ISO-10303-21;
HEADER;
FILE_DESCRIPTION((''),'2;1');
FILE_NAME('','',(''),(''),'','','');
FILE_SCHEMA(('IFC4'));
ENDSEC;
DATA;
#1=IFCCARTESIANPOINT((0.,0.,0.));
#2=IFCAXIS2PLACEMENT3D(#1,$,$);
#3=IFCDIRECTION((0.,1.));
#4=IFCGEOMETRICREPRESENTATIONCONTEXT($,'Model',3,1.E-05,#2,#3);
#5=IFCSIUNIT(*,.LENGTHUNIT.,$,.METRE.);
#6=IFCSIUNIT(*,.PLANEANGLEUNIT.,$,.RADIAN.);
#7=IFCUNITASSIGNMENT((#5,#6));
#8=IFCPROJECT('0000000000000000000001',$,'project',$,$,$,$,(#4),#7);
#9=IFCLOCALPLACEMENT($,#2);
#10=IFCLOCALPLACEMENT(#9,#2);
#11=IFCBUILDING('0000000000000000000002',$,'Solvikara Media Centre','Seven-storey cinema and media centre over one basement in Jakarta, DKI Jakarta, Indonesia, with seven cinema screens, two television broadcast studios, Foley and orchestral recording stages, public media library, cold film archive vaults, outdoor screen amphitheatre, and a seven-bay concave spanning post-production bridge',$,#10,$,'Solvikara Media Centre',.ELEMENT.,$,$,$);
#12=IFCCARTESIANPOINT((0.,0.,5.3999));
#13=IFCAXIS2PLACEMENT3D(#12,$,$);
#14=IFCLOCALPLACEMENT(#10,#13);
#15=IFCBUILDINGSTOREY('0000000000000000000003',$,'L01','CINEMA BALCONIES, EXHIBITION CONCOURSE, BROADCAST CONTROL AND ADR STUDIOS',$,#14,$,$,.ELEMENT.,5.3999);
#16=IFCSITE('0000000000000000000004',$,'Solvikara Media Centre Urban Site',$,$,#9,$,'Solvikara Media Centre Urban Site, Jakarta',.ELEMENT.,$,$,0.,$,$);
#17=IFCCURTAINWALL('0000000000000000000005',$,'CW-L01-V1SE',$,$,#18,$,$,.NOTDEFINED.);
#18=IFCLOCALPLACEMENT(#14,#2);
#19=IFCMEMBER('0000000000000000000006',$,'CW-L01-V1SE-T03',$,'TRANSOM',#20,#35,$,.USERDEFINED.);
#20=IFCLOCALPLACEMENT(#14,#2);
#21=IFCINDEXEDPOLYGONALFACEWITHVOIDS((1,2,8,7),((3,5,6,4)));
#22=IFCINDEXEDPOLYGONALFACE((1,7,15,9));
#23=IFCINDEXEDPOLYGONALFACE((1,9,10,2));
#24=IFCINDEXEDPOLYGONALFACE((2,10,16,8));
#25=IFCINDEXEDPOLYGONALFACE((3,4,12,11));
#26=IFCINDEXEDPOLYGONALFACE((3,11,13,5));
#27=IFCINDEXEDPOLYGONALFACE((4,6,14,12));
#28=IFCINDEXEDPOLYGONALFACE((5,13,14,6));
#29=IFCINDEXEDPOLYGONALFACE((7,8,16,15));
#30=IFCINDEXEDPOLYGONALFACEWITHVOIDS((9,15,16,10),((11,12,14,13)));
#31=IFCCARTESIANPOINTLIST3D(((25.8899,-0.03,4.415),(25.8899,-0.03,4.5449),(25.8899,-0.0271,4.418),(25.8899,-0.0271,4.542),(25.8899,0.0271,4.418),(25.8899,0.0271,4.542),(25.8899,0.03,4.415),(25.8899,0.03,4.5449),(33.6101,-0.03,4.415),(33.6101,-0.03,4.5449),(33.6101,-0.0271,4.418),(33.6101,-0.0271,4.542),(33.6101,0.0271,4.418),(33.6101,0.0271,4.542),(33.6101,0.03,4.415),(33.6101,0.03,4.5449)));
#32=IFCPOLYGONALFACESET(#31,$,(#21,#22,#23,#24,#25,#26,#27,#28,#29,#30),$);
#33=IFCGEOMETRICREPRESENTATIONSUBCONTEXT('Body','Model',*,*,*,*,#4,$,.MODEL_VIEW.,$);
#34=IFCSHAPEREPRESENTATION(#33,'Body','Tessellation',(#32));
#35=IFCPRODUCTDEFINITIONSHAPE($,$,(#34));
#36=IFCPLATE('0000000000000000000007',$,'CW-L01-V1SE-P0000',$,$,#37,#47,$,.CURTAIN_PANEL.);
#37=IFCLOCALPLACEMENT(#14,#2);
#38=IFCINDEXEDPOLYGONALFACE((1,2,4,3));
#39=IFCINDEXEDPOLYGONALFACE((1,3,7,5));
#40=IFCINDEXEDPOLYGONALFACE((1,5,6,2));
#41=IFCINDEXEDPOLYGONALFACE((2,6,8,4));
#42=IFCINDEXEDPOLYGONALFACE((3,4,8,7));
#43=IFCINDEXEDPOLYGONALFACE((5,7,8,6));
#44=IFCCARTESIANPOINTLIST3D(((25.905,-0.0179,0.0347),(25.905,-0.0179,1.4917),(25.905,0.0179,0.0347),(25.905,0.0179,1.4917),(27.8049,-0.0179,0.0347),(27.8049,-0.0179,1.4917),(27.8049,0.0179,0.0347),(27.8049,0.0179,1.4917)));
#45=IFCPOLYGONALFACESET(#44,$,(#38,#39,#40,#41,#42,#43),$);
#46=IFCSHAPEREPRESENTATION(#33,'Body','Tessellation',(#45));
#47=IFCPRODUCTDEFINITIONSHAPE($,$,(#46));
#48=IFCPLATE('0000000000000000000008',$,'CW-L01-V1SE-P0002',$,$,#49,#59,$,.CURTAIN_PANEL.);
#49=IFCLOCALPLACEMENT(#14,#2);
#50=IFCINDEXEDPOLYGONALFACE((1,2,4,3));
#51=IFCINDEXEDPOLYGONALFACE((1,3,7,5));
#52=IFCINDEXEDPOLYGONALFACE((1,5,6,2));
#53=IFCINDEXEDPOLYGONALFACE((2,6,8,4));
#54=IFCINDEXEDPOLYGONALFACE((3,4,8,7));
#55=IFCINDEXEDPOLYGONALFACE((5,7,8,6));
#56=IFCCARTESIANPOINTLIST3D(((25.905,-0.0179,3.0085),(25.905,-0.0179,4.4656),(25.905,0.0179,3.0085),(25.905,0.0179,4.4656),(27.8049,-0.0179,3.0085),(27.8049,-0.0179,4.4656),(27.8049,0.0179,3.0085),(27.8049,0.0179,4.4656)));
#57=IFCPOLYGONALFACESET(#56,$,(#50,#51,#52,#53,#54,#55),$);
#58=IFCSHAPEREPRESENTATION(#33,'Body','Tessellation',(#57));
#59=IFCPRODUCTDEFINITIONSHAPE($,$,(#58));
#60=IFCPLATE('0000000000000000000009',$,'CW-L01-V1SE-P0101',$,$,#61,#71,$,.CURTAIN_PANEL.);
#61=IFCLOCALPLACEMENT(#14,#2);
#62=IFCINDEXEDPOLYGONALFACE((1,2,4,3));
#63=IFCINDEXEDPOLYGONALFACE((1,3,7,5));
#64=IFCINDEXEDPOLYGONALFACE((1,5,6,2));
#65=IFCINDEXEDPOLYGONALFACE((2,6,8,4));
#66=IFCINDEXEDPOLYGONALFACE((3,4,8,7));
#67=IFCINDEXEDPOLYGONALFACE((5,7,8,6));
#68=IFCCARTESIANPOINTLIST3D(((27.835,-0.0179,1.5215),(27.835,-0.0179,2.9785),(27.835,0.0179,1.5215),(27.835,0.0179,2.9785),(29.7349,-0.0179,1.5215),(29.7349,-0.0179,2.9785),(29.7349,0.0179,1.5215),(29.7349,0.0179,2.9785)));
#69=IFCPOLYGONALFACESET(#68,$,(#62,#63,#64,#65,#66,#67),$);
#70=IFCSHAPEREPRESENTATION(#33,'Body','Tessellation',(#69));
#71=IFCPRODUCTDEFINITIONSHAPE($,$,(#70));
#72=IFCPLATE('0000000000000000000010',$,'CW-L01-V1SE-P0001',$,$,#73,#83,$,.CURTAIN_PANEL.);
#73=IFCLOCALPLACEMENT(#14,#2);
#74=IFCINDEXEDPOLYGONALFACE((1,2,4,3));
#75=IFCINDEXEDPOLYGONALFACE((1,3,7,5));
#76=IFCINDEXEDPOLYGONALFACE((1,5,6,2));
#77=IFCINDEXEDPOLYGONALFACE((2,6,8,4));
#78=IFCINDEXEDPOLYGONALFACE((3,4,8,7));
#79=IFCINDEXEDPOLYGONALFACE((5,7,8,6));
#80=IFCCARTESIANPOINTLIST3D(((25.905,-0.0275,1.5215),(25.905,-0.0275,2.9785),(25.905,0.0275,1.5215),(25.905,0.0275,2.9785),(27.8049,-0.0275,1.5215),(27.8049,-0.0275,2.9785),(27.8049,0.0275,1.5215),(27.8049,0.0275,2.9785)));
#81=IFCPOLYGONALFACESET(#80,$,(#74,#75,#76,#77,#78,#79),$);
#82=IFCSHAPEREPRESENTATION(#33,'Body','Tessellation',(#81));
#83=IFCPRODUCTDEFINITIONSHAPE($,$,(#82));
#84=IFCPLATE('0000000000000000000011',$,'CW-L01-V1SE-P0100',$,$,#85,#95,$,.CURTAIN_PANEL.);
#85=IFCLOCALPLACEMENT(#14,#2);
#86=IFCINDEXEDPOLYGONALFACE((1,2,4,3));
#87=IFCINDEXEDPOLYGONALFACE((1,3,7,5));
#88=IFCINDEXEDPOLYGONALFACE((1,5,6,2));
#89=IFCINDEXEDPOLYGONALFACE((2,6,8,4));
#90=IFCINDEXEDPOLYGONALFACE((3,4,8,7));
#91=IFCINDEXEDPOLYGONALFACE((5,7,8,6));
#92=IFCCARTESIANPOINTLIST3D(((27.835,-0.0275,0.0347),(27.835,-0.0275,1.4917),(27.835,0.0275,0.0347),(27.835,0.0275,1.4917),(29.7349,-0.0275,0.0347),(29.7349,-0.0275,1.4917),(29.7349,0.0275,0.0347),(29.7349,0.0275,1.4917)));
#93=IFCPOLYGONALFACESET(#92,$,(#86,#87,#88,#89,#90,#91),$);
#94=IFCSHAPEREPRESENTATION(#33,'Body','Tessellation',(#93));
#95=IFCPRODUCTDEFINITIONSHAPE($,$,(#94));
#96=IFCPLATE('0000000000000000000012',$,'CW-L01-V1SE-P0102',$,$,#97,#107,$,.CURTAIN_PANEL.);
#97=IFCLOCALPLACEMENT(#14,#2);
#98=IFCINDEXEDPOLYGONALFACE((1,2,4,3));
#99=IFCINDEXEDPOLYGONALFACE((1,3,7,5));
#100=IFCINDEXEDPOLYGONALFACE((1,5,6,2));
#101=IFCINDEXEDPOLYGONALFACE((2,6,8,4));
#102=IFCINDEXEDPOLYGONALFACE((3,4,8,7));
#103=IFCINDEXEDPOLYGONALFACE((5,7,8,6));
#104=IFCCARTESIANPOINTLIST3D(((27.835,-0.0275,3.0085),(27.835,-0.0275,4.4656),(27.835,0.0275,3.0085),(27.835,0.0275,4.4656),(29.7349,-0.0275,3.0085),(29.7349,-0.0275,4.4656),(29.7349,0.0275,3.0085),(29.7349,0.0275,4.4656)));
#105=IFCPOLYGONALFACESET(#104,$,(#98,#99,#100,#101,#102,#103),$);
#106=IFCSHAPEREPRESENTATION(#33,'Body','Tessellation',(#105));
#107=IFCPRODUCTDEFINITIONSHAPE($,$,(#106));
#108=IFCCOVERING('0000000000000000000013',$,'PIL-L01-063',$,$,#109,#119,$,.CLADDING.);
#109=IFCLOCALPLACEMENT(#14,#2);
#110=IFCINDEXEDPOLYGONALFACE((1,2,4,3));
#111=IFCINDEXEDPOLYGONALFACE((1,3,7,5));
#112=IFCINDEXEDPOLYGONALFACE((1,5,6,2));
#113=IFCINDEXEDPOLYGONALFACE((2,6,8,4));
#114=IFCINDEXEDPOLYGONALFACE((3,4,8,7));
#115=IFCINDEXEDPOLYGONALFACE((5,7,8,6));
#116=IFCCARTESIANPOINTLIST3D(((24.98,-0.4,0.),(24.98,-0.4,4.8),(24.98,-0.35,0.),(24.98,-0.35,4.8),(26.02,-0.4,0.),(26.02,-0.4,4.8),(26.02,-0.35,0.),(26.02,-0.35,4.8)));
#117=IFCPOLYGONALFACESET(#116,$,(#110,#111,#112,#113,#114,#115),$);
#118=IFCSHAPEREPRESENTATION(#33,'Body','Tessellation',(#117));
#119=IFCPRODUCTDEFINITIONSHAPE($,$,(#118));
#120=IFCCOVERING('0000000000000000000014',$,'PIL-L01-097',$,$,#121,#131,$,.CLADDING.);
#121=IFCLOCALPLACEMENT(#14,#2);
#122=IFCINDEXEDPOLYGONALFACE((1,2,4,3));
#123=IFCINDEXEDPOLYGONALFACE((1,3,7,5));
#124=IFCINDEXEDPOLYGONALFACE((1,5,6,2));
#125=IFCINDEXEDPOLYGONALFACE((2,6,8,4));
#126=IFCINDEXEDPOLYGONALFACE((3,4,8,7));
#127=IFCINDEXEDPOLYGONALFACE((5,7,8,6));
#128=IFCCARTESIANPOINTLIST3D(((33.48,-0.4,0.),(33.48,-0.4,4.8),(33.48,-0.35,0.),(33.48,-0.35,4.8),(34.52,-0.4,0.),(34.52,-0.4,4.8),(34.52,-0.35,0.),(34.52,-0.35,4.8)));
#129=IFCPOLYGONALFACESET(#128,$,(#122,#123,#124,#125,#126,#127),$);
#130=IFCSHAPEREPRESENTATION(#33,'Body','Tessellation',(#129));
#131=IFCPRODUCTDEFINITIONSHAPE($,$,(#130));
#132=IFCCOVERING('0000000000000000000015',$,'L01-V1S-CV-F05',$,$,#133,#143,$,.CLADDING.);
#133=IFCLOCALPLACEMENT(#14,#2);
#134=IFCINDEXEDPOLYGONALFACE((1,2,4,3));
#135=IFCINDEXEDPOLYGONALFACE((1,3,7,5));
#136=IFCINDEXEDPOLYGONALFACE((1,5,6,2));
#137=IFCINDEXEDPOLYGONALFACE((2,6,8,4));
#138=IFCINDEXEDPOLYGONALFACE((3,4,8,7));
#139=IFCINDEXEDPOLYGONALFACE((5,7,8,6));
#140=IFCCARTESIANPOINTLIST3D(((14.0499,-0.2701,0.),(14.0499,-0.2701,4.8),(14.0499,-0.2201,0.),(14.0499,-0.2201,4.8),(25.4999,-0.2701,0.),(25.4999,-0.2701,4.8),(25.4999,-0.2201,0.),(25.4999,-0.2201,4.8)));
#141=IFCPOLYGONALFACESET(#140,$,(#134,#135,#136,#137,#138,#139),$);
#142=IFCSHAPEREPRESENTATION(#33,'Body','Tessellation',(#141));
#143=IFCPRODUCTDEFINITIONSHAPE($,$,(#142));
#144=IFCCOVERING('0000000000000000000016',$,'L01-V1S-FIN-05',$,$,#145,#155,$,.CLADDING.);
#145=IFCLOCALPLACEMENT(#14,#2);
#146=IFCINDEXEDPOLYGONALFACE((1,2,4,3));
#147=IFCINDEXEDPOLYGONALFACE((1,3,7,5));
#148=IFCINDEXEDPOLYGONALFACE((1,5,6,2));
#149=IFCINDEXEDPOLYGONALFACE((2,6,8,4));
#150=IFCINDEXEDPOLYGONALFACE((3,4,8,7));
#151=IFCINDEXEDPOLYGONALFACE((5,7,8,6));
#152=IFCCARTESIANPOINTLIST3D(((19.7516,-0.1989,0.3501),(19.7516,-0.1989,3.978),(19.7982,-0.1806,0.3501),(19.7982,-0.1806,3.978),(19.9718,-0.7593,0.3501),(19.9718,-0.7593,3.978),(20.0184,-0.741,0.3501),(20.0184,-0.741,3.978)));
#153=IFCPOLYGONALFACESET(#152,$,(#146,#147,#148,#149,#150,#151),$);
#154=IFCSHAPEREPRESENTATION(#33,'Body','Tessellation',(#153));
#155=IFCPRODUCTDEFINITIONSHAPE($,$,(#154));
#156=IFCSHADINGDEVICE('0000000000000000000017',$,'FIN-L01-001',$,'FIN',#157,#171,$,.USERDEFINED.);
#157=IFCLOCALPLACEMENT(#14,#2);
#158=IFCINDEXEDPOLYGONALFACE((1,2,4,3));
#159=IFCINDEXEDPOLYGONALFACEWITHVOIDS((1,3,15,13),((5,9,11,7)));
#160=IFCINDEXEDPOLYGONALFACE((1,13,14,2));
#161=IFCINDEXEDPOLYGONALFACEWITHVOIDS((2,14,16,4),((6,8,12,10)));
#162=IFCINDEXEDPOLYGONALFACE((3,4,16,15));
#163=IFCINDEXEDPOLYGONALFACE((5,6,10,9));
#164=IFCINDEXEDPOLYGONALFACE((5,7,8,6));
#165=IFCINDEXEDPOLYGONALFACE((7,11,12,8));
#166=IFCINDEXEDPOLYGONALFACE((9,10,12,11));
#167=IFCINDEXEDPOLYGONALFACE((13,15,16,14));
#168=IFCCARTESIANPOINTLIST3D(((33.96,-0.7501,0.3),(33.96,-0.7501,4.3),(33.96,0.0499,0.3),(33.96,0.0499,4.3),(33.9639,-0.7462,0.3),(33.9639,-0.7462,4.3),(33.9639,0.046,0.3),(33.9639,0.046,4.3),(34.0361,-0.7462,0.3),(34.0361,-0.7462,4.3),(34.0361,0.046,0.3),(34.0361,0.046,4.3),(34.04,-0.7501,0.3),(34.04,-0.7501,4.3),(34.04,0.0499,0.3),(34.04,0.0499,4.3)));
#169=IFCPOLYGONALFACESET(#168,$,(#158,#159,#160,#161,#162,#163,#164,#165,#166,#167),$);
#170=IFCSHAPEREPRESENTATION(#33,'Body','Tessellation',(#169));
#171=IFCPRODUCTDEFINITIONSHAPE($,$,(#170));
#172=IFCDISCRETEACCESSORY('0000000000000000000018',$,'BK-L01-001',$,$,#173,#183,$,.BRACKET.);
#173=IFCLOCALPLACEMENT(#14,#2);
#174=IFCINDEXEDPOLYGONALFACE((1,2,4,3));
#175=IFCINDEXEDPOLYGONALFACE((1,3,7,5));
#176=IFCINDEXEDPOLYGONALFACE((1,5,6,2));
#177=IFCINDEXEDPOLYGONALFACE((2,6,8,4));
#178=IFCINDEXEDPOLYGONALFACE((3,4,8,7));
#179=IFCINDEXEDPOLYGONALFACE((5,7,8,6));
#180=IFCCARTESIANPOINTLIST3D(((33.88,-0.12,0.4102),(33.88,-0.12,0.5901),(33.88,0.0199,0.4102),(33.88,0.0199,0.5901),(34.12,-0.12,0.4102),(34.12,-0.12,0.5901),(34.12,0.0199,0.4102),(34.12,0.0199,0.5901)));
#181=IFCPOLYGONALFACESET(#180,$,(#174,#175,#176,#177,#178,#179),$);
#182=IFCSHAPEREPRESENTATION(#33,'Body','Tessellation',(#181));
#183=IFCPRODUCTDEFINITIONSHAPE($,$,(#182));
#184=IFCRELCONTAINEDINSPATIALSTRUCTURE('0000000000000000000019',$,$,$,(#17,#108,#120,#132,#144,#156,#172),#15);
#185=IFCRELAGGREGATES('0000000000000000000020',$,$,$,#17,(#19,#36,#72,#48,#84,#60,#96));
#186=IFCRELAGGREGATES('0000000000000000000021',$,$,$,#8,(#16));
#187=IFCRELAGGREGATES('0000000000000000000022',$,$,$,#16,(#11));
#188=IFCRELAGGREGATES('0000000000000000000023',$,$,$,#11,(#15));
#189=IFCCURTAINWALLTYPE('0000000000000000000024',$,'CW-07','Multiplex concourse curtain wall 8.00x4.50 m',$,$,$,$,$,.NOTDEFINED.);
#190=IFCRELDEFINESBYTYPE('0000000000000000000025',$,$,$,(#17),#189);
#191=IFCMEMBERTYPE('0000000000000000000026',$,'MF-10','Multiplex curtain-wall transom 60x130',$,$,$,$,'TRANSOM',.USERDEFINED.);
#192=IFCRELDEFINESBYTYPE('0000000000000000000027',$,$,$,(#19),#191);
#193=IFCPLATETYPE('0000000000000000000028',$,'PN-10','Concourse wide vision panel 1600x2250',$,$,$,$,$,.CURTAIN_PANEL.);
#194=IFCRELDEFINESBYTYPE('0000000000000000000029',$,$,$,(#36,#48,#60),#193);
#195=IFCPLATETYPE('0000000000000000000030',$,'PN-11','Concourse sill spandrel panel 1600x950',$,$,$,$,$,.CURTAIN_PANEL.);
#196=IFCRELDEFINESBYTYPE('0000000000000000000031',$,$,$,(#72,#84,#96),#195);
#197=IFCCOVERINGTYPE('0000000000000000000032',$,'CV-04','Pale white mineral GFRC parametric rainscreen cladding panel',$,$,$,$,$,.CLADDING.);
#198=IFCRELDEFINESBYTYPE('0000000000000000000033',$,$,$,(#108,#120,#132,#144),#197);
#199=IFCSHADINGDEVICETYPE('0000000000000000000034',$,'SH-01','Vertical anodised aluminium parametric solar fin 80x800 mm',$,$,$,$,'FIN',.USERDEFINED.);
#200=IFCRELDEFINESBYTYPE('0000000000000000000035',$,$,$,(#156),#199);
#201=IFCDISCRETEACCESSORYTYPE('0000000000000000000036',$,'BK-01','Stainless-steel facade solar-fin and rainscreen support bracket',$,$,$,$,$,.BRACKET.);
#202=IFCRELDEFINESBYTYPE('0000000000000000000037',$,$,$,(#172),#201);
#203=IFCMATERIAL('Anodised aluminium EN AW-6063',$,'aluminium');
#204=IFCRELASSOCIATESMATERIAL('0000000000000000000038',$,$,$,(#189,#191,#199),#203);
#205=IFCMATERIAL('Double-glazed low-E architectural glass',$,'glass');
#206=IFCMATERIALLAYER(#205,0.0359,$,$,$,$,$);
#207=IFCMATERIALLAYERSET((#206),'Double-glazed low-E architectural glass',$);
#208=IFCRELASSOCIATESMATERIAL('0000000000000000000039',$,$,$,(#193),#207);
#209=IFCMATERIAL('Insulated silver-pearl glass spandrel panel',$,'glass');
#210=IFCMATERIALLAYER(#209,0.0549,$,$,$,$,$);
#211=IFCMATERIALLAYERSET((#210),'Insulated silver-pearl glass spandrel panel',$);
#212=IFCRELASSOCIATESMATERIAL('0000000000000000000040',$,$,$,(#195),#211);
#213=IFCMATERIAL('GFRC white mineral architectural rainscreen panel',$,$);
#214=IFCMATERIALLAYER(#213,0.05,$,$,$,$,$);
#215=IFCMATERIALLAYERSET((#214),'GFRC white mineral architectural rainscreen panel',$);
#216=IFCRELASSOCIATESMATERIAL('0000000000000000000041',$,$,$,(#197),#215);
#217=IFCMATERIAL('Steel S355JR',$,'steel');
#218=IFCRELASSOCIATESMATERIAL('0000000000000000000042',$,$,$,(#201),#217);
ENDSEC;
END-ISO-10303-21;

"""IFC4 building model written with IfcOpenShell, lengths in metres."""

from ifc_helpers import new_model, si_unit, direction, frame, origin, origin_2d, place, context, subcontext, project, spatial, rectangle, hollow_rectangle, extrude, material, layer, layer_set, material_profile, profile_set, type_object, element, aggregate, save


model = new_model("IFC4")

# Units and contexts
model_context = context("Model", 3, precision=1e-05, world=origin(), true_north=direction((0.0, 1.0)))
body_context = subcontext(model_context, "Body", "Model", "MODEL_VIEW")
ifc_project = project(units=[si_unit("LENGTHUNIT", "METRE"), si_unit("PLANEANGLEUNIT", "RADIAN")], contexts=[model_context])

# Site, building, storey
site_placement = place(None, origin())
site = spatial("IfcSite", under=ifc_project, at=site_placement, Name="Solvikara Media Centre Urban Site", LongName="Solvikara Media Centre Urban Site, Jakarta", CompositionType="ELEMENT", RefElevation=0.0)
building_placement = place(site_placement, origin())
building = spatial("IfcBuilding", under=site, at=building_placement, Name="Solvikara Media Centre", Description="Seven-storey cinema and media centre over one basement in Jakarta, DKI Jakarta, Indonesia, with seven cinema screens, two television broadcast studios, Foley and orchestral recording stages, public media library, cold film archive vaults, outdoor screen amphitheatre, and a seven-bay concave spanning post-production bridge", LongName="Solvikara Media Centre", CompositionType="ELEMENT")
storey_placement = place(building_placement, frame((0.0, 0.0, 5.3999)))
storey = spatial("IfcBuildingStorey", under=building, at=storey_placement, Name="L01", Description="CINEMA BALCONIES, EXHIBITION CONCOURSE, BROADCAST CONTROL AND ADR STUDIOS", CompositionType="ELEMENT", Elevation=5.3999)

# Curtain wall, member, plates
ifc_material_1 = material(Name="Anodised aluminium EN AW-6063", Category="aluminium")
curtain_wall_type = type_object("IfcCurtainWallType", Name="CW-07", Description="Multiplex concourse curtain wall 8.00x4.50 m", PredefinedType="NOTDEFINED", material=ifc_material_1)
curtain_wall_placement = place(storey_placement, origin())
curtain_wall = element("IfcCurtainWall", 1, at=curtain_wall_placement, inside=storey, type_object=curtain_wall_type, Name="CW-L01-V1SE", PredefinedType="NOTDEFINED")
ifc_material_profile_1 = material_profile(ifc_material_1, hollow_rectangle(XDim=0.0601, YDim=0.1299, WallThickness=0.0029, at=origin_2d()), Name="ALU-T 60x130x3")
ifc_profile_set_1 = profile_set([ifc_material_profile_1], Name="Anodised aluminium EN AW-6063")
member_type_1 = type_object("IfcMemberType", Name="MF-10", Description="Multiplex curtain-wall transom 60x130", ElementType="TRANSOM", PredefinedType="USERDEFINED", material=ifc_profile_set_1)
member_1_placement = place(storey_placement, frame((25.8899, 0.0, 4.48), z_axis=(1.0, 0.0, 0.0), x_axis=(0.0, 1.0, 0.0)))
member_1 = element("IfcMember", 2, at=member_1_placement, type_object=member_type_1, Name="CW-L01-V1SE-T03", ObjectType="TRANSOM", PredefinedType="USERDEFINED", context=body_context, shape_type="SweptSolid", body=[
    extrude(hollow_rectangle(XDim=0.0601, YDim=0.1299, WallThickness=0.0029, at=origin_2d()), origin(), (0.0, 0.0, 1.0), 7.7202),
])
ifc_material_2 = material(Name="Double-glazed low-E architectural glass", Category="glass")
ifc_layer_1 = layer(ifc_material_2, 0.0359)
ifc_layer_set_1 = layer_set([ifc_layer_1], Name="Double-glazed low-E architectural glass")
plate_type_1 = type_object("IfcPlateType", Name="PN-10", Description="Concourse wide vision panel 1600x2250", PredefinedType="CURTAIN_PANEL", material=ifc_layer_set_1)
plate_1_placement = place(storey_placement, frame((26.855, 0.0, 0.0347), z_axis=(0.0, 0.0, 1.0), x_axis=(1.0, 0.0, 0.0)))
plate_1 = element("IfcPlate", 3, at=plate_1_placement, type_object=plate_type_1, Name="CW-L01-V1SE-P0000", PredefinedType="CURTAIN_PANEL", context=body_context, shape_type="SweptSolid", body=[
    extrude(rectangle(XDim=1.8999, YDim=0.0359, at=origin_2d()), origin(), (0.0, 0.0, 1.0), 1.457),
])
plate_2_placement = place(storey_placement, frame((26.855, 0.0, 3.0085), z_axis=(0.0, 0.0, 1.0), x_axis=(1.0, 0.0, 0.0)))
plate_2 = element("IfcPlate", 4, at=plate_2_placement, type_object=plate_type_1, Name="CW-L01-V1SE-P0002", PredefinedType="CURTAIN_PANEL", context=body_context, shape_type="SweptSolid", body=[
    extrude(rectangle(XDim=1.8999, YDim=0.0359, at=origin_2d()), origin(), (0.0, 0.0, 1.0), 1.457),
])
plate_3_placement = place(storey_placement, frame((28.7849, 0.0, 1.5215), z_axis=(0.0, 0.0, 1.0), x_axis=(1.0, 0.0, 0.0)))
plate_3 = element("IfcPlate", 5, at=plate_3_placement, type_object=plate_type_1, Name="CW-L01-V1SE-P0101", PredefinedType="CURTAIN_PANEL", context=body_context, shape_type="SweptSolid", body=[
    extrude(rectangle(XDim=1.8999, YDim=0.0359, at=origin_2d()), origin(), (0.0, 0.0, 1.0), 1.457),
])
ifc_material_3 = material(Name="Insulated silver-pearl glass spandrel panel", Category="glass")
ifc_layer_2 = layer(ifc_material_3, 0.0549)
ifc_layer_set_2 = layer_set([ifc_layer_2], Name="Insulated silver-pearl glass spandrel panel")
plate_type_2 = type_object("IfcPlateType", Name="PN-11", Description="Concourse sill spandrel panel 1600x950", PredefinedType="CURTAIN_PANEL", material=ifc_layer_set_2)
plate_4_placement = place(storey_placement, frame((26.855, 0.0, 1.5215), z_axis=(0.0, 0.0, 1.0), x_axis=(1.0, 0.0, 0.0)))
plate_4 = element("IfcPlate", 6, at=plate_4_placement, type_object=plate_type_2, Name="CW-L01-V1SE-P0001", PredefinedType="CURTAIN_PANEL", context=body_context, shape_type="SweptSolid", body=[
    extrude(rectangle(XDim=1.8999, YDim=0.0549, at=origin_2d()), origin(), (0.0, 0.0, 1.0), 1.457),
])
plate_5_placement = place(storey_placement, frame((28.7849, 0.0, 0.0347), z_axis=(0.0, 0.0, 1.0), x_axis=(1.0, 0.0, 0.0)))
plate_5 = element("IfcPlate", 7, at=plate_5_placement, type_object=plate_type_2, Name="CW-L01-V1SE-P0100", PredefinedType="CURTAIN_PANEL", context=body_context, shape_type="SweptSolid", body=[
    extrude(rectangle(XDim=1.8999, YDim=0.0549, at=origin_2d()), origin(), (0.0, 0.0, 1.0), 1.457),
])
plate_6_placement = place(storey_placement, frame((28.7849, 0.0, 3.0085), z_axis=(0.0, 0.0, 1.0), x_axis=(1.0, 0.0, 0.0)))
plate_6 = element("IfcPlate", 8, at=plate_6_placement, type_object=plate_type_2, Name="CW-L01-V1SE-P0102", PredefinedType="CURTAIN_PANEL", context=body_context, shape_type="SweptSolid", body=[
    extrude(rectangle(XDim=1.8999, YDim=0.0549, at=origin_2d()), origin(), (0.0, 0.0, 1.0), 1.457),
])
aggregate(curtain_wall, [member_1, plate_1, plate_4, plate_2, plate_5, plate_3, plate_6])

# Coverings
ifc_material_4 = material(Name="GFRC white mineral architectural rainscreen panel")
ifc_layer_3 = layer(ifc_material_4, 0.05)
ifc_layer_set_3 = layer_set([ifc_layer_3], Name="GFRC white mineral architectural rainscreen panel")
covering_type = type_object("IfcCoveringType", Name="CV-04", Description="Pale white mineral GFRC parametric rainscreen cladding panel", PredefinedType="CLADDING", material=ifc_layer_set_3)
for number, where, z_axis, x_axis, name in (
    (9, (25.5, -0.375, 0.0), (0.0, 0.0, 1.0), (1.0, 0.0, 0.0), "PIL-L01-063"),
    (10, (34.0, -0.375, 0.0), (0.0, 0.0, 1.0), (1.0, 0.0, 0.0), "PIL-L01-097"),
):
    element("IfcCovering", number, at=place(storey_placement, frame(where, z_axis=z_axis, x_axis=x_axis)), inside=storey, type_object=covering_type, Name=name, PredefinedType="CLADDING", context=body_context, shape_type="SweptSolid", body=[
        extrude(rectangle(XDim=1.04, YDim=0.05, at=origin_2d()), origin(), (0.0, 0.0, 1.0), 4.8),
    ])
covering_1_placement = place(storey_placement, frame((19.7749, -0.2451, 0.0), z_axis=(0.0, 0.0, 1.0), x_axis=(1.0, 0.0, 0.0)))
element("IfcCovering", 11, at=covering_1_placement, inside=storey, type_object=covering_type, Name="L01-V1S-CV-F05", PredefinedType="CLADDING", context=body_context, shape_type="SweptSolid", body=[
    extrude(rectangle(XDim=11.45, YDim=0.05, at=origin_2d()), origin(), (0.0, 0.0, 1.0), 4.8),
])
covering_2_placement = place(storey_placement, frame((19.885, -0.47, 0.3501), z_axis=(0.0, 0.0, 1.0), x_axis=(0.365657, -0.93075, 0.0)))
element("IfcCovering", 12, at=covering_2_placement, inside=storey, type_object=covering_type, Name="L01-V1S-FIN-05", PredefinedType="CLADDING", context=body_context, shape_type="SweptSolid", body=[
    extrude(rectangle(XDim=0.6021, YDim=0.05, at=origin_2d()), origin(), (0.0, 0.0, 1.0), 3.6279),
])

# Shading device
ifc_material_profile_2 = material_profile(ifc_material_1, hollow_rectangle(XDim=0.0801, YDim=0.8, WallThickness=0.0039, at=origin_2d()), Name="ALU-FIN 80x800x4")
ifc_profile_set_2 = profile_set([ifc_material_profile_2], Name="Anodised aluminium EN AW-6063")
shading_device_type = type_object("IfcShadingDeviceType", Name="SH-01", Description="Vertical anodised aluminium parametric solar fin 80x800 mm", ElementType="FIN", PredefinedType="USERDEFINED", material=ifc_profile_set_2)
shading_device_placement = place(storey_placement, frame((34.0, -0.3501, 0.3), z_axis=(0.0, 0.0, 1.0), x_axis=(1.0, 0.0, 0.0)))
element("IfcShadingDevice", 13, at=shading_device_placement, inside=storey, type_object=shading_device_type, Name="FIN-L01-001", ObjectType="FIN", PredefinedType="USERDEFINED", context=body_context, shape_type="SweptSolid", body=[
    extrude(hollow_rectangle(XDim=0.0801, YDim=0.8, WallThickness=0.0039, at=origin_2d()), origin(), (0.0, 0.0, 1.0), 4.0),
])

# Discrete accessory
ifc_material_5 = material(Name="Steel S355JR", Category="steel")
discrete_accessory_type = type_object("IfcDiscreteAccessoryType", Name="BK-01", Description="Stainless-steel facade solar-fin and rainscreen support bracket", PredefinedType="BRACKET", material=ifc_material_5)
discrete_accessory_placement = place(storey_placement, frame((34.0, -0.05, 0.4102), z_axis=(0.0, 0.0, 1.0), x_axis=(1.0, 0.0, 0.0)))
element("IfcDiscreteAccessory", 14, at=discrete_accessory_placement, inside=storey, type_object=discrete_accessory_type, Name="BK-L01-001", PredefinedType="BRACKET", context=body_context, shape_type="SweptSolid", body=[
    extrude(rectangle(XDim=0.24, YDim=0.1399, at=origin_2d()), origin(), (0.0, 0.0, 1.0), 0.1799),
])

save(model, "model.ifc")
